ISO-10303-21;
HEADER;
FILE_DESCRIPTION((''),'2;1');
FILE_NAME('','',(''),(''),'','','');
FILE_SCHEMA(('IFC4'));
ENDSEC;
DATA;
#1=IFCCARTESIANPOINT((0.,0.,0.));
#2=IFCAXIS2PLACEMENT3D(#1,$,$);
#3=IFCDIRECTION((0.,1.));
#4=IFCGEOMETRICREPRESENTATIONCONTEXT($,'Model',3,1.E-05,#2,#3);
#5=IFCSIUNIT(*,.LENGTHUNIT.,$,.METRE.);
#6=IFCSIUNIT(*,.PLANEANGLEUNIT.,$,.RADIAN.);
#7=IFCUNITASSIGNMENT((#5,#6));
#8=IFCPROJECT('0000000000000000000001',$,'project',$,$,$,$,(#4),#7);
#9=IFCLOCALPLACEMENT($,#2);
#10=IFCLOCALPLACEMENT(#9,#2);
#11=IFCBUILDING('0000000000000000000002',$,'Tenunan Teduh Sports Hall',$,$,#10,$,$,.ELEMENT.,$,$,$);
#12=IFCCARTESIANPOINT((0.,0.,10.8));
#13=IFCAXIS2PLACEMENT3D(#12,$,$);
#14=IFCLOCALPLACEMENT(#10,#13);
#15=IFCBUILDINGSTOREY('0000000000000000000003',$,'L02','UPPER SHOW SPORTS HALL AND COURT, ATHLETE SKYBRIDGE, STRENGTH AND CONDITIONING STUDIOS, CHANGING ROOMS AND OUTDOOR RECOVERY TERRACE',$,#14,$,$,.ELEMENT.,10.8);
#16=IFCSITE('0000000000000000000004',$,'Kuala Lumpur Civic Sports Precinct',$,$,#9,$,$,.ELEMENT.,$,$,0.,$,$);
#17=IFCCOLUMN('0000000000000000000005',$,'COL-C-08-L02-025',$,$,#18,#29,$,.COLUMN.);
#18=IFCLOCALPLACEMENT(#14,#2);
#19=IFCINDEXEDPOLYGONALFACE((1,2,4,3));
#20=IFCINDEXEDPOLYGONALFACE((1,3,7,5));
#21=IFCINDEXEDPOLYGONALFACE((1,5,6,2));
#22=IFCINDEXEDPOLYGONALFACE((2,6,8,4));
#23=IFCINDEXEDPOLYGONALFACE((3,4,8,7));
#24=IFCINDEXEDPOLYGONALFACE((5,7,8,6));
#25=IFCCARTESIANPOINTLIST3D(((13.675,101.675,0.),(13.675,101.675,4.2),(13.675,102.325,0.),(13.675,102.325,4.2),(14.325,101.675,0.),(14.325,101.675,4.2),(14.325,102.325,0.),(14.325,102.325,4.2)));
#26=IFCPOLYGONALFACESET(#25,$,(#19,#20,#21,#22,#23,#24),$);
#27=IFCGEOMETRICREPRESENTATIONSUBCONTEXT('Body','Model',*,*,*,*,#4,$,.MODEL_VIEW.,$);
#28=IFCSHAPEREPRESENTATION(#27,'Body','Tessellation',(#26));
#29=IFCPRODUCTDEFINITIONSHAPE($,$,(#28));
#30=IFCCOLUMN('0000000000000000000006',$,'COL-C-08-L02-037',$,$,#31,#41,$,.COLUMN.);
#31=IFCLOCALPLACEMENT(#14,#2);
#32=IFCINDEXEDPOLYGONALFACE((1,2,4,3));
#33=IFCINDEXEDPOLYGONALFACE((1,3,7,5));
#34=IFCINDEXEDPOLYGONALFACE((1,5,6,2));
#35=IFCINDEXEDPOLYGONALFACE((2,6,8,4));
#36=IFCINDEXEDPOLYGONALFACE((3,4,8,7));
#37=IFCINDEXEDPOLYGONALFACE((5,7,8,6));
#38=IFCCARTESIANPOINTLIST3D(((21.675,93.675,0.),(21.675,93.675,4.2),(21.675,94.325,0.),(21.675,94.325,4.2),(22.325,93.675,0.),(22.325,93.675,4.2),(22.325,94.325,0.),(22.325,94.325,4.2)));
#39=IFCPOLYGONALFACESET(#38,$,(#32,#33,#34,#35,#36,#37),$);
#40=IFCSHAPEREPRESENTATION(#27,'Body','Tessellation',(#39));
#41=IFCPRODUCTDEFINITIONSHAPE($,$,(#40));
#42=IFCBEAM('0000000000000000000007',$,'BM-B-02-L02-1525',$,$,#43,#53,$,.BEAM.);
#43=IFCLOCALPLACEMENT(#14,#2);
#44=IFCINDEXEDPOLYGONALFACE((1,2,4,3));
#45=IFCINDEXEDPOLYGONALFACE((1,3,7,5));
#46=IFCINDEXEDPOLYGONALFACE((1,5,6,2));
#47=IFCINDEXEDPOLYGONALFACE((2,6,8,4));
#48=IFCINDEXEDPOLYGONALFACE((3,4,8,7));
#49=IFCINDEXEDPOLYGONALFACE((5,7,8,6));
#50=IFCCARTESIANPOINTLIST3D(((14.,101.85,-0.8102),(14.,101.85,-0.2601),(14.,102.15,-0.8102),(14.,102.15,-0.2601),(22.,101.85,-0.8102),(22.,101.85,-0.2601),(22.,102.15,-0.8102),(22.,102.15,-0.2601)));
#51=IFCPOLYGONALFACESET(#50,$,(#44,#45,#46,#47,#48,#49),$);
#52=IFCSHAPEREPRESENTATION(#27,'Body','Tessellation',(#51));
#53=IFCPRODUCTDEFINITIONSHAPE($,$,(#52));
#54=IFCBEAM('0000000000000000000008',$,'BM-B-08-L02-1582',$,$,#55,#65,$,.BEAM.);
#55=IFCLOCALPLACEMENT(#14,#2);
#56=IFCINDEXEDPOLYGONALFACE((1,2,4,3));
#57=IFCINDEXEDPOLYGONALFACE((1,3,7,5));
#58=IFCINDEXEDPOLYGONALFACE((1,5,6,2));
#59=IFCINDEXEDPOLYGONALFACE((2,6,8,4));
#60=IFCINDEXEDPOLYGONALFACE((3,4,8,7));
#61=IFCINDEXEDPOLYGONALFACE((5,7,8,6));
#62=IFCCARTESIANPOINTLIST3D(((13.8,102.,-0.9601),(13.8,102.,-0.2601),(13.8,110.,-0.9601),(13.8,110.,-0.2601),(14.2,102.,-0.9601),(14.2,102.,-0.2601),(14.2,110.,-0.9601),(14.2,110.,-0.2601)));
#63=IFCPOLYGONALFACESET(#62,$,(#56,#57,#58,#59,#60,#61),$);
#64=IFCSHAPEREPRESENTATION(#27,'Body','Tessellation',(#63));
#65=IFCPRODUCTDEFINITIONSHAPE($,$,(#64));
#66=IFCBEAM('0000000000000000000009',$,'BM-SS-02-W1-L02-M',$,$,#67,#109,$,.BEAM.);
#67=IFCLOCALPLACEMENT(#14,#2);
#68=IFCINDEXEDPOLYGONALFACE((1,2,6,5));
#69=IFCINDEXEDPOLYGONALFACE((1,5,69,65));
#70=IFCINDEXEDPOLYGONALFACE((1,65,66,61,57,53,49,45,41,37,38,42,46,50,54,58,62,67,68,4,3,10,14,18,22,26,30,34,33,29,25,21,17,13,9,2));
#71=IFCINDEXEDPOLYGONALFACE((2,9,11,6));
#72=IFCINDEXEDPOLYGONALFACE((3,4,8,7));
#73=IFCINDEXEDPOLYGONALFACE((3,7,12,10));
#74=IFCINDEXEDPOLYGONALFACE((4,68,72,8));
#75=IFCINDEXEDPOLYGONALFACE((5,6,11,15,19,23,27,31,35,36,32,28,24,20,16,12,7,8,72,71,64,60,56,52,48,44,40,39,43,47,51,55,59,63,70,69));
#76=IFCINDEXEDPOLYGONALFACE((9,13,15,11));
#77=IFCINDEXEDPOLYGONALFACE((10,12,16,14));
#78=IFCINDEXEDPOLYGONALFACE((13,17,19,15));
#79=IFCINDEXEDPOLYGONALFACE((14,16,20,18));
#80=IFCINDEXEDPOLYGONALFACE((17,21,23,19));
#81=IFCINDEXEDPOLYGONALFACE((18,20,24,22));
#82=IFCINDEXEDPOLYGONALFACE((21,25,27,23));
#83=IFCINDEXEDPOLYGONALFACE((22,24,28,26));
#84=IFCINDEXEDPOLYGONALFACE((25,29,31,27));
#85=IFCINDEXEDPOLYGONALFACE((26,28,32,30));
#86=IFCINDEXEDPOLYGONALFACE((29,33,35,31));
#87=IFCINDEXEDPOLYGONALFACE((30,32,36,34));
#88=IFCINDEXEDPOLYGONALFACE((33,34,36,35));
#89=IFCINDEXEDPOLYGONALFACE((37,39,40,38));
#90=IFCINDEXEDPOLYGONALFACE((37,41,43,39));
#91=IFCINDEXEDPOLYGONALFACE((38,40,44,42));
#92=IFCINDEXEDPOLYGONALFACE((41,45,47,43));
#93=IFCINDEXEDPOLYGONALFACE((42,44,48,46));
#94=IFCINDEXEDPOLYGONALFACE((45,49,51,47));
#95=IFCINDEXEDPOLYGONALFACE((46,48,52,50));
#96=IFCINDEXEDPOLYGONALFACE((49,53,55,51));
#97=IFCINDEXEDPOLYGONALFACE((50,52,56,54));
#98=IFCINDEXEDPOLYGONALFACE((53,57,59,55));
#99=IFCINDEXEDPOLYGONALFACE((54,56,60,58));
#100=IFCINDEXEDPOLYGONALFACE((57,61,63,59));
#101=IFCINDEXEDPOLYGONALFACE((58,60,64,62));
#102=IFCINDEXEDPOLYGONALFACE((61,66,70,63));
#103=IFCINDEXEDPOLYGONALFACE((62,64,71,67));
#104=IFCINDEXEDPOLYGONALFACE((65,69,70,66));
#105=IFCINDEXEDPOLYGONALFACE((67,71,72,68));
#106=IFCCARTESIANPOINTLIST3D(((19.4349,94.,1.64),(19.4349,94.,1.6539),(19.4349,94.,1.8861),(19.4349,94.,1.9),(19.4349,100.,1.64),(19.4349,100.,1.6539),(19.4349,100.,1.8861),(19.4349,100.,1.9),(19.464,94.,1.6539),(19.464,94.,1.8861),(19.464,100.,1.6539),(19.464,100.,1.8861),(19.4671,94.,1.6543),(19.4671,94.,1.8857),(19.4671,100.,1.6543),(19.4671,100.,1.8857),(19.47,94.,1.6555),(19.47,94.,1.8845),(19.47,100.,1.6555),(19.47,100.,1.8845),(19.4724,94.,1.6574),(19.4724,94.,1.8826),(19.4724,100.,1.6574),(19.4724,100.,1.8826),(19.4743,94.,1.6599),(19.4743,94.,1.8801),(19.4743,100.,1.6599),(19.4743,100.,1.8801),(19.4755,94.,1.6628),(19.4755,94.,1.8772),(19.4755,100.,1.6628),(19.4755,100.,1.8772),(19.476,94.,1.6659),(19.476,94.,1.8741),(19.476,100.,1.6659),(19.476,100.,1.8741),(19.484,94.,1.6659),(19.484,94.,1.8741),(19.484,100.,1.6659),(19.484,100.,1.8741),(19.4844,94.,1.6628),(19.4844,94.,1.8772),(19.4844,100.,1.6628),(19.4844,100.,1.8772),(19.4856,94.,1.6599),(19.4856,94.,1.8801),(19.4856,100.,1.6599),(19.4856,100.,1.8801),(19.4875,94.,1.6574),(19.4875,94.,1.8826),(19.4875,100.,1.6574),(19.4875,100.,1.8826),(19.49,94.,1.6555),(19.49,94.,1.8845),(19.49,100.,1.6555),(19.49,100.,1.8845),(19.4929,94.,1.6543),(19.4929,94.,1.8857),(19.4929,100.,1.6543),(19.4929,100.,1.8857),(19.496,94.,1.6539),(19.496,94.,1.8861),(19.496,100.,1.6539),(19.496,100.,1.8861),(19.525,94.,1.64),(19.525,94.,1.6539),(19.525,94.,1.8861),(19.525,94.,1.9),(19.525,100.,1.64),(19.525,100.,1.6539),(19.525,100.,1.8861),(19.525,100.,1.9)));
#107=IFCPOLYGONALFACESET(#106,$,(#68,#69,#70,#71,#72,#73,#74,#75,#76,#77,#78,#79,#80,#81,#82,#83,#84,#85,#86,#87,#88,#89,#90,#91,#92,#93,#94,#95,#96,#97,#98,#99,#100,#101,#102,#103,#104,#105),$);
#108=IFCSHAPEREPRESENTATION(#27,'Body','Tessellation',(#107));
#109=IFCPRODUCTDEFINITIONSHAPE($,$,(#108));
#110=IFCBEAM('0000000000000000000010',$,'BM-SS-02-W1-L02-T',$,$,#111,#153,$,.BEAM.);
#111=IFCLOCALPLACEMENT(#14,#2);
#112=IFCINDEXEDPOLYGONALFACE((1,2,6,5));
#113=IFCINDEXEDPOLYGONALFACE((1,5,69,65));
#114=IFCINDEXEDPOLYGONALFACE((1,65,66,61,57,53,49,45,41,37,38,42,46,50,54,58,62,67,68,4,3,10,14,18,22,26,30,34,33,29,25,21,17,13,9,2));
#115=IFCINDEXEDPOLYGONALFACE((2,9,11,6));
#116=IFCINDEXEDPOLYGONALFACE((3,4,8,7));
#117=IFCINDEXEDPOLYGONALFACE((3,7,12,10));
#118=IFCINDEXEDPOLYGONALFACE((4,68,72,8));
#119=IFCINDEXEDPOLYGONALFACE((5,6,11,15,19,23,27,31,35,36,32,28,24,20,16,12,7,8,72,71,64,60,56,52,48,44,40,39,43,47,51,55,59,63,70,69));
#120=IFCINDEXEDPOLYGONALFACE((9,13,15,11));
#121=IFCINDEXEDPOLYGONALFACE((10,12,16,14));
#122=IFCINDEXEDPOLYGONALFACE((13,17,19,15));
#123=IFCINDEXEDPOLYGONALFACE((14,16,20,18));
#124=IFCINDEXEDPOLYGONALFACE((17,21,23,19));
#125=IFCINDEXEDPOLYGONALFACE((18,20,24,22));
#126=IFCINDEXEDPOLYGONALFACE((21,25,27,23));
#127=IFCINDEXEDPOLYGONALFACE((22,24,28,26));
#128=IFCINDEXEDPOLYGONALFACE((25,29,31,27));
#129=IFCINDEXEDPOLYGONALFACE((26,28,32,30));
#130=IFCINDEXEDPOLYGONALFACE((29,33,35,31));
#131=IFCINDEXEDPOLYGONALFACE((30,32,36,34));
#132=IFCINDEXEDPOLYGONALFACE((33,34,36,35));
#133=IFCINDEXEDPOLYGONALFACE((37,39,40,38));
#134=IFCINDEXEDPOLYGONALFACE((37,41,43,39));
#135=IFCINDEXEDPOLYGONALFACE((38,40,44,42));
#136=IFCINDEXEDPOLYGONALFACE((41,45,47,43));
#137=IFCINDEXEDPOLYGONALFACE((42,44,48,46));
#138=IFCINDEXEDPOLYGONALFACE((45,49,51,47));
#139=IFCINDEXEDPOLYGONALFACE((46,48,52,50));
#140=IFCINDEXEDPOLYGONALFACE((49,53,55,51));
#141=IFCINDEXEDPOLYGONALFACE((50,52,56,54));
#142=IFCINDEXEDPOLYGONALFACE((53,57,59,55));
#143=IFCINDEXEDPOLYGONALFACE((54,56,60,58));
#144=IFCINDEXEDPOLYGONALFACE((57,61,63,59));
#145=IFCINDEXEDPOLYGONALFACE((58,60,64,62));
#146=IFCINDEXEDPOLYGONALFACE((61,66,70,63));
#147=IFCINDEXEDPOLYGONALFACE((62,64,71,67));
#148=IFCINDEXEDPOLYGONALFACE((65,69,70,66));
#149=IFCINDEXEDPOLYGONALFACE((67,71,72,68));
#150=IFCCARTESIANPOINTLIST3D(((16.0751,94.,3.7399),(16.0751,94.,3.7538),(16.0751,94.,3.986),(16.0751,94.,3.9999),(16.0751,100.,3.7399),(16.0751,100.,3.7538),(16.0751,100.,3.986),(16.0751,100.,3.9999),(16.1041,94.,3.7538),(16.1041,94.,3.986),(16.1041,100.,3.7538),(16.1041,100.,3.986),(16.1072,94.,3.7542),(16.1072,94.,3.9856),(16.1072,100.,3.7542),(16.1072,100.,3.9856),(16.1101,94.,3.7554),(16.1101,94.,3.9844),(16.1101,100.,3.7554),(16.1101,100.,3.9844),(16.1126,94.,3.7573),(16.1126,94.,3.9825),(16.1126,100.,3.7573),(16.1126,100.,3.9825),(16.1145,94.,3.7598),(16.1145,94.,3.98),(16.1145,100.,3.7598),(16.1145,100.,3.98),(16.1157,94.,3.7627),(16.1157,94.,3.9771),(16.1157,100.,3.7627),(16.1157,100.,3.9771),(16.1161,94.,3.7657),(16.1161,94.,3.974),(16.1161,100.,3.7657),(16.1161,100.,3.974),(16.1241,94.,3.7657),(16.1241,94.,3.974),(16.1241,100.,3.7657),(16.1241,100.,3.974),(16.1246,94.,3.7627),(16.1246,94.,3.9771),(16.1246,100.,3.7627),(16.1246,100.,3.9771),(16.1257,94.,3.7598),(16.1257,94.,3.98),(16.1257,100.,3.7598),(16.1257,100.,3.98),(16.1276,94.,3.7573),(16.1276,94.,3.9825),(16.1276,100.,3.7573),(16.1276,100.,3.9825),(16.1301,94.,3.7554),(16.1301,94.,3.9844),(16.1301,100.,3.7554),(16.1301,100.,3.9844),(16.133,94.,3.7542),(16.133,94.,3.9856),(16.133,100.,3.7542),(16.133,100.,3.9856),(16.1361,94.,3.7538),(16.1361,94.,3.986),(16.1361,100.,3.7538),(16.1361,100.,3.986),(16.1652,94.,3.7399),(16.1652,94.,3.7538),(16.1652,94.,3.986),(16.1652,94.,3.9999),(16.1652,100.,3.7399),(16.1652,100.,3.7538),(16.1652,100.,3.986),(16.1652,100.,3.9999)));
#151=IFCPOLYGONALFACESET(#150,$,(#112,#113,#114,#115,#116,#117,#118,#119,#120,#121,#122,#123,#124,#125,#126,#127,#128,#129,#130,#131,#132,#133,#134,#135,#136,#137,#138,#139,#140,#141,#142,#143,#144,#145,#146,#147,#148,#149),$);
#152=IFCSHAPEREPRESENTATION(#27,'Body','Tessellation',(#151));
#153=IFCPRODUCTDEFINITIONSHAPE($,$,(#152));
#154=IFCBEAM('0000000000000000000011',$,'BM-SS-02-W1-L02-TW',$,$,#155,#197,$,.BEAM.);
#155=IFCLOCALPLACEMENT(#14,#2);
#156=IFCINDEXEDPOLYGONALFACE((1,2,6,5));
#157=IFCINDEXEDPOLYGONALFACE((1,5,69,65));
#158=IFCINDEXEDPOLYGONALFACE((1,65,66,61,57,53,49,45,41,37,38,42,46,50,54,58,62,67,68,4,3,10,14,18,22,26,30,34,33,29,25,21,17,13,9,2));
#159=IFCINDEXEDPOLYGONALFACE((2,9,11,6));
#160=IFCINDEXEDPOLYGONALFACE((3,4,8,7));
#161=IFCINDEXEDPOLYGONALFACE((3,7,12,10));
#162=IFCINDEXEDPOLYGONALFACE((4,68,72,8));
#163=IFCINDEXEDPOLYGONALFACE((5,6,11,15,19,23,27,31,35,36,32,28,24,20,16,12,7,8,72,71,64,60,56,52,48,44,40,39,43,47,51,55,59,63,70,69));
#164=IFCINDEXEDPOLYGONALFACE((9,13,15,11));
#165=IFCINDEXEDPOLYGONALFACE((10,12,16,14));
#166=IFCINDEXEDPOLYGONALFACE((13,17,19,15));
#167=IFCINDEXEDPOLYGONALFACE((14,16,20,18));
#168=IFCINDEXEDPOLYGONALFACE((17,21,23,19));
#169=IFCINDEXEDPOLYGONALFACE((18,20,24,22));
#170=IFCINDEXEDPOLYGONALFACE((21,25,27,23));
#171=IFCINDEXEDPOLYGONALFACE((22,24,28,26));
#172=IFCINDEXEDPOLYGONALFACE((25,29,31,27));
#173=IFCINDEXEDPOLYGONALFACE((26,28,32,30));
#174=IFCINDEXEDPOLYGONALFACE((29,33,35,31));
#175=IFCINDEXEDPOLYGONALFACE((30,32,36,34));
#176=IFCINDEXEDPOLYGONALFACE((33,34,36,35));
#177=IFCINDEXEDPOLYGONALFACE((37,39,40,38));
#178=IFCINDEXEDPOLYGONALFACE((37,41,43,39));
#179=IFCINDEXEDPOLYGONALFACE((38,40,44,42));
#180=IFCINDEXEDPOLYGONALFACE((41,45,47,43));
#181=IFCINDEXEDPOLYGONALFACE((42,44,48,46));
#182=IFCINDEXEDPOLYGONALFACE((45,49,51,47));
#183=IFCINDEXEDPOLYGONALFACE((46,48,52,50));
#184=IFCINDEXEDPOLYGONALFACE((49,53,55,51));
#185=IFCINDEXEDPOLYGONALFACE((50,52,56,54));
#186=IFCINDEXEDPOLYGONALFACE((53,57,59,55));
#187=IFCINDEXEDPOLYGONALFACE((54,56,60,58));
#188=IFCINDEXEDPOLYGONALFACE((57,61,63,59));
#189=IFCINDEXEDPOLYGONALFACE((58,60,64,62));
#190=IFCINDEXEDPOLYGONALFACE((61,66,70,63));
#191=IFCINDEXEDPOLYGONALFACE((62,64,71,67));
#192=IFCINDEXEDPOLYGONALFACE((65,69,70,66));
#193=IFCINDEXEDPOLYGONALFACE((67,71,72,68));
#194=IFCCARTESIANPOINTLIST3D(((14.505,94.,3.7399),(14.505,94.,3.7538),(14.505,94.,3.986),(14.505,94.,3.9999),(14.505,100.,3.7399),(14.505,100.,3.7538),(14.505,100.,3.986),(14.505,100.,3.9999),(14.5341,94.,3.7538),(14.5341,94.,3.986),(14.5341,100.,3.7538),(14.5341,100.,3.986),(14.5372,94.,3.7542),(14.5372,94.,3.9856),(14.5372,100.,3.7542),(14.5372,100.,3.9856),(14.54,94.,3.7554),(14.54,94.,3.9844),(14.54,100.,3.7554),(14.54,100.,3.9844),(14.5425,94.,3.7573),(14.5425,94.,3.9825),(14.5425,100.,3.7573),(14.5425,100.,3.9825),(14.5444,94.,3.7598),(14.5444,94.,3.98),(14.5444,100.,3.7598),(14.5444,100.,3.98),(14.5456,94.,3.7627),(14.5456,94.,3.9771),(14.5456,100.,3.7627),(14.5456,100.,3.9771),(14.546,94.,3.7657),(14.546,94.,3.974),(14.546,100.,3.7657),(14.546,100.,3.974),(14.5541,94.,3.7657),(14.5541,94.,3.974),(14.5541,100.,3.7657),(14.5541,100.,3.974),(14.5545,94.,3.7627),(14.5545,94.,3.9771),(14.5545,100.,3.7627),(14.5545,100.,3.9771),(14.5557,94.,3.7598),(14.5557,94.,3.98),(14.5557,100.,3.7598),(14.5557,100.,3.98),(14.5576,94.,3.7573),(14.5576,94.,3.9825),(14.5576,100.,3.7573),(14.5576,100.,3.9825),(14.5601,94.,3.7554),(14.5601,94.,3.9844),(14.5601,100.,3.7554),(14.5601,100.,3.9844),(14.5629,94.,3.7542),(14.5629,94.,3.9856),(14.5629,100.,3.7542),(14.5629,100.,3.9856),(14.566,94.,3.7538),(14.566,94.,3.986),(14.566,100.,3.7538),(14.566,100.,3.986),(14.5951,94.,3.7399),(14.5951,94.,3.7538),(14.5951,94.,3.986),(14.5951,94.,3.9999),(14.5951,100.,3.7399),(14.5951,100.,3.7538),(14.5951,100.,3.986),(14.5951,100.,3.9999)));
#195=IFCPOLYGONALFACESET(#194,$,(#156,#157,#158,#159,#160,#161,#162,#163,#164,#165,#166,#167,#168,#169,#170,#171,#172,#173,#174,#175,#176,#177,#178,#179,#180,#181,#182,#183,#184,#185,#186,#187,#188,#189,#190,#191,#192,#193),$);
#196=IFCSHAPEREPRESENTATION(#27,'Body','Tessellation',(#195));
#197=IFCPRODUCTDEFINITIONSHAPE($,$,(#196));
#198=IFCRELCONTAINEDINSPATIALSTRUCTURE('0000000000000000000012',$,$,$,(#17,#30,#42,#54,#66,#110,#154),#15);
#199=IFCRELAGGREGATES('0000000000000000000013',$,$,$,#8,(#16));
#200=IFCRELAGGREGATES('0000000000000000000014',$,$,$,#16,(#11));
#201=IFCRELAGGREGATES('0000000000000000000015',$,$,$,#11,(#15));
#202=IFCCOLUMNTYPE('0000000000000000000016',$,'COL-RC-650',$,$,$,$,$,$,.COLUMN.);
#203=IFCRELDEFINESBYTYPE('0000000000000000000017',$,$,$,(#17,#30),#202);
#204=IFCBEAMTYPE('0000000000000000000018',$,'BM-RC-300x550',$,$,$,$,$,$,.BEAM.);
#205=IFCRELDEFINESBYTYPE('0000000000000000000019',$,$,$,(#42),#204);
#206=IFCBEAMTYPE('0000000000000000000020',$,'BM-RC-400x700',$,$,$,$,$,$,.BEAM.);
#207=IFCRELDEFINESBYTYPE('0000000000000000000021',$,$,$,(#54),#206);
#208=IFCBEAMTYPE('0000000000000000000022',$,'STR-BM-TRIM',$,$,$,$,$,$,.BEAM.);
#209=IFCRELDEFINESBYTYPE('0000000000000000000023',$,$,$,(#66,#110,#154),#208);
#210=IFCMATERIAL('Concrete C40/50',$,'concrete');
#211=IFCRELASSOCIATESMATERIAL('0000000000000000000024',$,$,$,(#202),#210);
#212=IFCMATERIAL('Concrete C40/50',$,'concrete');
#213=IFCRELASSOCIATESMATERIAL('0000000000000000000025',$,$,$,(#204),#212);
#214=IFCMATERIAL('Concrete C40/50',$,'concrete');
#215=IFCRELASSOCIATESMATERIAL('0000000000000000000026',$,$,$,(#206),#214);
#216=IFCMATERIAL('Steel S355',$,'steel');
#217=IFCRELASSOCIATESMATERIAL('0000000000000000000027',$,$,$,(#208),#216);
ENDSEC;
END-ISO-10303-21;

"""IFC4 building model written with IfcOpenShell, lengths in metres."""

from ifc_helpers import new_model, si_unit, direction, frame, origin, origin_2d, place, context, subcontext, project, spatial, rectangle, i_section, extrude, material, material_profile, profile_set, type_object, element, save


model = new_model("IFC4")

# Units and contexts
model_context = context("Model", 3, precision=1e-05, world=origin(), true_north=direction((0.0, 1.0)))
body_context = subcontext(model_context, "Body", "Model", "MODEL_VIEW")
ifc_project = project(units=[si_unit("LENGTHUNIT", "METRE"), si_unit("PLANEANGLEUNIT", "RADIAN")], contexts=[model_context])

# Site, building, storey
site_placement = place(None, origin())
site = spatial("IfcSite", under=ifc_project, at=site_placement, Name="Kuala Lumpur Civic Sports Precinct", CompositionType="ELEMENT", RefElevation=0.0)
building_placement = place(site_placement, origin())
building = spatial("IfcBuilding", under=site, at=building_placement, Name="Tenunan Teduh Sports Hall", CompositionType="ELEMENT")
storey_placement = place(building_placement, frame((0.0, 0.0, 10.8)))
storey = spatial("IfcBuildingStorey", under=building, at=storey_placement, Name="L02", Description="UPPER SHOW SPORTS HALL AND COURT, ATHLETE SKYBRIDGE, STRENGTH AND CONDITIONING STUDIOS, CHANGING ROOMS AND OUTDOOR RECOVERY TERRACE", CompositionType="ELEMENT", Elevation=10.8)

# Columns
ifc_material_1 = material(Name="Concrete C40/50", Category="concrete")
ifc_material_profile_1 = material_profile(ifc_material_1, rectangle(XDim=0.6499, YDim=0.6499, at=origin_2d()), Name="RC 650x650")
ifc_profile_set_1 = profile_set([ifc_material_profile_1], Name="Concrete C40/50")
column_type = type_object("IfcColumnType", Name="COL-RC-650", PredefinedType="COLUMN", material=ifc_profile_set_1)
for number, where, z_axis, x_axis, name in (
    (1, (14.0, 102.0, 0.0), (0.0, 0.0, 1.0), (1.0, 0.0, 0.0), "COL-C-08-L02-025"),
    (2, (22.0, 94.0, 0.0), (0.0, 0.0, 1.0), (1.0, 0.0, 0.0), "COL-C-08-L02-037"),
):
    element("IfcColumn", number, at=place(storey_placement, frame(where, z_axis=z_axis, x_axis=x_axis)), inside=storey, type_object=column_type, Name=name, PredefinedType="COLUMN", context=body_context, shape_type="SweptSolid", body=[
        extrude(rectangle(XDim=0.6499, YDim=0.6499, at=origin_2d()), origin(), (0.0, 0.0, 1.0), 4.2),
    ])

# Beams
ifc_material_2 = material(Name="Concrete C40/50", Category="concrete")
ifc_material_profile_2 = material_profile(ifc_material_2, rectangle(XDim=0.3, YDim=0.55, at=origin_2d()), Name="RCB 300x550")
ifc_profile_set_2 = profile_set([ifc_material_profile_2], Name="Concrete C40/50")
beam_type_1 = type_object("IfcBeamType", Name="BM-RC-300x550", PredefinedType="BEAM", material=ifc_profile_set_2)
beam_1_placement = place(storey_placement, frame((14.0, 102.0, -0.5352), z_axis=(1.0, 0.0, 0.0), x_axis=(0.0, 1.0, 0.0)))
element("IfcBeam", 3, at=beam_1_placement, inside=storey, type_object=beam_type_1, Name="BM-B-02-L02-1525", PredefinedType="BEAM", context=body_context, shape_type="SweptSolid", body=[
    extrude(rectangle(XDim=0.3, YDim=0.55, at=origin_2d()), origin(), (0.0, 0.0, 1.0), 8.0),
])
ifc_material_3 = material(Name="Concrete C40/50", Category="concrete")
ifc_material_profile_3 = material_profile(ifc_material_3, rectangle(XDim=0.3999, YDim=0.7, at=origin_2d()), Name="RCB 400x700")
ifc_profile_set_3 = profile_set([ifc_material_profile_3], Name="Concrete C40/50")
beam_type_2 = type_object("IfcBeamType", Name="BM-RC-400x700", PredefinedType="BEAM", material=ifc_profile_set_3)
beam_2_placement = place(storey_placement, frame((14.0, 102.0, -0.6101), z_axis=(0.0, 1.0, 0.0), x_axis=(-1.0, 0.0, 0.0)))
element("IfcBeam", 4, at=beam_2_placement, inside=storey, type_object=beam_type_2, Name="BM-B-08-L02-1582", PredefinedType="BEAM", context=body_context, shape_type="SweptSolid", body=[
    extrude(rectangle(XDim=0.3999, YDim=0.7, at=origin_2d()), origin(), (0.0, 0.0, 1.0), 8.0),
])
ifc_material_4 = material(Name="Steel S355", Category="steel")
ifc_material_profile_4 = material_profile(ifc_material_4, i_section(OverallWidth=0.0901, OverallDepth=0.26, WebThickness=0.0081, FlangeThickness=0.0139, FilletRadius=0.012, at=origin_2d()), Name="PFC 260x90")
ifc_profile_set_4 = profile_set([ifc_material_profile_4], Name="Steel S355")
beam_type_3 = type_object("IfcBeamType", Name="STR-BM-TRIM", PredefinedType="BEAM", material=ifc_profile_set_4)
for number, where, z_axis, x_axis, name in (
    (5, (19.48, 94.0, 1.77), (0.0, 1.0, 0.0), (-1.0, 0.0, 0.0), "BM-SS-02-W1-L02-M"),
    (6, (16.1201, 94.0, 3.8699), (0.0, 1.0, 0.0), (-1.0, 0.0, 0.0), "BM-SS-02-W1-L02-T"),
    (7, (14.55, 94.0, 3.8699), (0.0, 1.0, 0.0), (-1.0, 0.0, 0.0), "BM-SS-02-W1-L02-TW"),
):
    element("IfcBeam", number, at=place(storey_placement, frame(where, z_axis=z_axis, x_axis=x_axis)), inside=storey, type_object=beam_type_3, Name=name, PredefinedType="BEAM", context=body_context, shape_type="SweptSolid", body=[
        extrude(i_section(OverallWidth=0.0901, OverallDepth=0.26, WebThickness=0.0081, FlangeThickness=0.0139, FilletRadius=0.012, at=origin_2d()), origin(), (0.0, 0.0, 1.0), 6.0),
    ])

save(model, "model.ifc")
